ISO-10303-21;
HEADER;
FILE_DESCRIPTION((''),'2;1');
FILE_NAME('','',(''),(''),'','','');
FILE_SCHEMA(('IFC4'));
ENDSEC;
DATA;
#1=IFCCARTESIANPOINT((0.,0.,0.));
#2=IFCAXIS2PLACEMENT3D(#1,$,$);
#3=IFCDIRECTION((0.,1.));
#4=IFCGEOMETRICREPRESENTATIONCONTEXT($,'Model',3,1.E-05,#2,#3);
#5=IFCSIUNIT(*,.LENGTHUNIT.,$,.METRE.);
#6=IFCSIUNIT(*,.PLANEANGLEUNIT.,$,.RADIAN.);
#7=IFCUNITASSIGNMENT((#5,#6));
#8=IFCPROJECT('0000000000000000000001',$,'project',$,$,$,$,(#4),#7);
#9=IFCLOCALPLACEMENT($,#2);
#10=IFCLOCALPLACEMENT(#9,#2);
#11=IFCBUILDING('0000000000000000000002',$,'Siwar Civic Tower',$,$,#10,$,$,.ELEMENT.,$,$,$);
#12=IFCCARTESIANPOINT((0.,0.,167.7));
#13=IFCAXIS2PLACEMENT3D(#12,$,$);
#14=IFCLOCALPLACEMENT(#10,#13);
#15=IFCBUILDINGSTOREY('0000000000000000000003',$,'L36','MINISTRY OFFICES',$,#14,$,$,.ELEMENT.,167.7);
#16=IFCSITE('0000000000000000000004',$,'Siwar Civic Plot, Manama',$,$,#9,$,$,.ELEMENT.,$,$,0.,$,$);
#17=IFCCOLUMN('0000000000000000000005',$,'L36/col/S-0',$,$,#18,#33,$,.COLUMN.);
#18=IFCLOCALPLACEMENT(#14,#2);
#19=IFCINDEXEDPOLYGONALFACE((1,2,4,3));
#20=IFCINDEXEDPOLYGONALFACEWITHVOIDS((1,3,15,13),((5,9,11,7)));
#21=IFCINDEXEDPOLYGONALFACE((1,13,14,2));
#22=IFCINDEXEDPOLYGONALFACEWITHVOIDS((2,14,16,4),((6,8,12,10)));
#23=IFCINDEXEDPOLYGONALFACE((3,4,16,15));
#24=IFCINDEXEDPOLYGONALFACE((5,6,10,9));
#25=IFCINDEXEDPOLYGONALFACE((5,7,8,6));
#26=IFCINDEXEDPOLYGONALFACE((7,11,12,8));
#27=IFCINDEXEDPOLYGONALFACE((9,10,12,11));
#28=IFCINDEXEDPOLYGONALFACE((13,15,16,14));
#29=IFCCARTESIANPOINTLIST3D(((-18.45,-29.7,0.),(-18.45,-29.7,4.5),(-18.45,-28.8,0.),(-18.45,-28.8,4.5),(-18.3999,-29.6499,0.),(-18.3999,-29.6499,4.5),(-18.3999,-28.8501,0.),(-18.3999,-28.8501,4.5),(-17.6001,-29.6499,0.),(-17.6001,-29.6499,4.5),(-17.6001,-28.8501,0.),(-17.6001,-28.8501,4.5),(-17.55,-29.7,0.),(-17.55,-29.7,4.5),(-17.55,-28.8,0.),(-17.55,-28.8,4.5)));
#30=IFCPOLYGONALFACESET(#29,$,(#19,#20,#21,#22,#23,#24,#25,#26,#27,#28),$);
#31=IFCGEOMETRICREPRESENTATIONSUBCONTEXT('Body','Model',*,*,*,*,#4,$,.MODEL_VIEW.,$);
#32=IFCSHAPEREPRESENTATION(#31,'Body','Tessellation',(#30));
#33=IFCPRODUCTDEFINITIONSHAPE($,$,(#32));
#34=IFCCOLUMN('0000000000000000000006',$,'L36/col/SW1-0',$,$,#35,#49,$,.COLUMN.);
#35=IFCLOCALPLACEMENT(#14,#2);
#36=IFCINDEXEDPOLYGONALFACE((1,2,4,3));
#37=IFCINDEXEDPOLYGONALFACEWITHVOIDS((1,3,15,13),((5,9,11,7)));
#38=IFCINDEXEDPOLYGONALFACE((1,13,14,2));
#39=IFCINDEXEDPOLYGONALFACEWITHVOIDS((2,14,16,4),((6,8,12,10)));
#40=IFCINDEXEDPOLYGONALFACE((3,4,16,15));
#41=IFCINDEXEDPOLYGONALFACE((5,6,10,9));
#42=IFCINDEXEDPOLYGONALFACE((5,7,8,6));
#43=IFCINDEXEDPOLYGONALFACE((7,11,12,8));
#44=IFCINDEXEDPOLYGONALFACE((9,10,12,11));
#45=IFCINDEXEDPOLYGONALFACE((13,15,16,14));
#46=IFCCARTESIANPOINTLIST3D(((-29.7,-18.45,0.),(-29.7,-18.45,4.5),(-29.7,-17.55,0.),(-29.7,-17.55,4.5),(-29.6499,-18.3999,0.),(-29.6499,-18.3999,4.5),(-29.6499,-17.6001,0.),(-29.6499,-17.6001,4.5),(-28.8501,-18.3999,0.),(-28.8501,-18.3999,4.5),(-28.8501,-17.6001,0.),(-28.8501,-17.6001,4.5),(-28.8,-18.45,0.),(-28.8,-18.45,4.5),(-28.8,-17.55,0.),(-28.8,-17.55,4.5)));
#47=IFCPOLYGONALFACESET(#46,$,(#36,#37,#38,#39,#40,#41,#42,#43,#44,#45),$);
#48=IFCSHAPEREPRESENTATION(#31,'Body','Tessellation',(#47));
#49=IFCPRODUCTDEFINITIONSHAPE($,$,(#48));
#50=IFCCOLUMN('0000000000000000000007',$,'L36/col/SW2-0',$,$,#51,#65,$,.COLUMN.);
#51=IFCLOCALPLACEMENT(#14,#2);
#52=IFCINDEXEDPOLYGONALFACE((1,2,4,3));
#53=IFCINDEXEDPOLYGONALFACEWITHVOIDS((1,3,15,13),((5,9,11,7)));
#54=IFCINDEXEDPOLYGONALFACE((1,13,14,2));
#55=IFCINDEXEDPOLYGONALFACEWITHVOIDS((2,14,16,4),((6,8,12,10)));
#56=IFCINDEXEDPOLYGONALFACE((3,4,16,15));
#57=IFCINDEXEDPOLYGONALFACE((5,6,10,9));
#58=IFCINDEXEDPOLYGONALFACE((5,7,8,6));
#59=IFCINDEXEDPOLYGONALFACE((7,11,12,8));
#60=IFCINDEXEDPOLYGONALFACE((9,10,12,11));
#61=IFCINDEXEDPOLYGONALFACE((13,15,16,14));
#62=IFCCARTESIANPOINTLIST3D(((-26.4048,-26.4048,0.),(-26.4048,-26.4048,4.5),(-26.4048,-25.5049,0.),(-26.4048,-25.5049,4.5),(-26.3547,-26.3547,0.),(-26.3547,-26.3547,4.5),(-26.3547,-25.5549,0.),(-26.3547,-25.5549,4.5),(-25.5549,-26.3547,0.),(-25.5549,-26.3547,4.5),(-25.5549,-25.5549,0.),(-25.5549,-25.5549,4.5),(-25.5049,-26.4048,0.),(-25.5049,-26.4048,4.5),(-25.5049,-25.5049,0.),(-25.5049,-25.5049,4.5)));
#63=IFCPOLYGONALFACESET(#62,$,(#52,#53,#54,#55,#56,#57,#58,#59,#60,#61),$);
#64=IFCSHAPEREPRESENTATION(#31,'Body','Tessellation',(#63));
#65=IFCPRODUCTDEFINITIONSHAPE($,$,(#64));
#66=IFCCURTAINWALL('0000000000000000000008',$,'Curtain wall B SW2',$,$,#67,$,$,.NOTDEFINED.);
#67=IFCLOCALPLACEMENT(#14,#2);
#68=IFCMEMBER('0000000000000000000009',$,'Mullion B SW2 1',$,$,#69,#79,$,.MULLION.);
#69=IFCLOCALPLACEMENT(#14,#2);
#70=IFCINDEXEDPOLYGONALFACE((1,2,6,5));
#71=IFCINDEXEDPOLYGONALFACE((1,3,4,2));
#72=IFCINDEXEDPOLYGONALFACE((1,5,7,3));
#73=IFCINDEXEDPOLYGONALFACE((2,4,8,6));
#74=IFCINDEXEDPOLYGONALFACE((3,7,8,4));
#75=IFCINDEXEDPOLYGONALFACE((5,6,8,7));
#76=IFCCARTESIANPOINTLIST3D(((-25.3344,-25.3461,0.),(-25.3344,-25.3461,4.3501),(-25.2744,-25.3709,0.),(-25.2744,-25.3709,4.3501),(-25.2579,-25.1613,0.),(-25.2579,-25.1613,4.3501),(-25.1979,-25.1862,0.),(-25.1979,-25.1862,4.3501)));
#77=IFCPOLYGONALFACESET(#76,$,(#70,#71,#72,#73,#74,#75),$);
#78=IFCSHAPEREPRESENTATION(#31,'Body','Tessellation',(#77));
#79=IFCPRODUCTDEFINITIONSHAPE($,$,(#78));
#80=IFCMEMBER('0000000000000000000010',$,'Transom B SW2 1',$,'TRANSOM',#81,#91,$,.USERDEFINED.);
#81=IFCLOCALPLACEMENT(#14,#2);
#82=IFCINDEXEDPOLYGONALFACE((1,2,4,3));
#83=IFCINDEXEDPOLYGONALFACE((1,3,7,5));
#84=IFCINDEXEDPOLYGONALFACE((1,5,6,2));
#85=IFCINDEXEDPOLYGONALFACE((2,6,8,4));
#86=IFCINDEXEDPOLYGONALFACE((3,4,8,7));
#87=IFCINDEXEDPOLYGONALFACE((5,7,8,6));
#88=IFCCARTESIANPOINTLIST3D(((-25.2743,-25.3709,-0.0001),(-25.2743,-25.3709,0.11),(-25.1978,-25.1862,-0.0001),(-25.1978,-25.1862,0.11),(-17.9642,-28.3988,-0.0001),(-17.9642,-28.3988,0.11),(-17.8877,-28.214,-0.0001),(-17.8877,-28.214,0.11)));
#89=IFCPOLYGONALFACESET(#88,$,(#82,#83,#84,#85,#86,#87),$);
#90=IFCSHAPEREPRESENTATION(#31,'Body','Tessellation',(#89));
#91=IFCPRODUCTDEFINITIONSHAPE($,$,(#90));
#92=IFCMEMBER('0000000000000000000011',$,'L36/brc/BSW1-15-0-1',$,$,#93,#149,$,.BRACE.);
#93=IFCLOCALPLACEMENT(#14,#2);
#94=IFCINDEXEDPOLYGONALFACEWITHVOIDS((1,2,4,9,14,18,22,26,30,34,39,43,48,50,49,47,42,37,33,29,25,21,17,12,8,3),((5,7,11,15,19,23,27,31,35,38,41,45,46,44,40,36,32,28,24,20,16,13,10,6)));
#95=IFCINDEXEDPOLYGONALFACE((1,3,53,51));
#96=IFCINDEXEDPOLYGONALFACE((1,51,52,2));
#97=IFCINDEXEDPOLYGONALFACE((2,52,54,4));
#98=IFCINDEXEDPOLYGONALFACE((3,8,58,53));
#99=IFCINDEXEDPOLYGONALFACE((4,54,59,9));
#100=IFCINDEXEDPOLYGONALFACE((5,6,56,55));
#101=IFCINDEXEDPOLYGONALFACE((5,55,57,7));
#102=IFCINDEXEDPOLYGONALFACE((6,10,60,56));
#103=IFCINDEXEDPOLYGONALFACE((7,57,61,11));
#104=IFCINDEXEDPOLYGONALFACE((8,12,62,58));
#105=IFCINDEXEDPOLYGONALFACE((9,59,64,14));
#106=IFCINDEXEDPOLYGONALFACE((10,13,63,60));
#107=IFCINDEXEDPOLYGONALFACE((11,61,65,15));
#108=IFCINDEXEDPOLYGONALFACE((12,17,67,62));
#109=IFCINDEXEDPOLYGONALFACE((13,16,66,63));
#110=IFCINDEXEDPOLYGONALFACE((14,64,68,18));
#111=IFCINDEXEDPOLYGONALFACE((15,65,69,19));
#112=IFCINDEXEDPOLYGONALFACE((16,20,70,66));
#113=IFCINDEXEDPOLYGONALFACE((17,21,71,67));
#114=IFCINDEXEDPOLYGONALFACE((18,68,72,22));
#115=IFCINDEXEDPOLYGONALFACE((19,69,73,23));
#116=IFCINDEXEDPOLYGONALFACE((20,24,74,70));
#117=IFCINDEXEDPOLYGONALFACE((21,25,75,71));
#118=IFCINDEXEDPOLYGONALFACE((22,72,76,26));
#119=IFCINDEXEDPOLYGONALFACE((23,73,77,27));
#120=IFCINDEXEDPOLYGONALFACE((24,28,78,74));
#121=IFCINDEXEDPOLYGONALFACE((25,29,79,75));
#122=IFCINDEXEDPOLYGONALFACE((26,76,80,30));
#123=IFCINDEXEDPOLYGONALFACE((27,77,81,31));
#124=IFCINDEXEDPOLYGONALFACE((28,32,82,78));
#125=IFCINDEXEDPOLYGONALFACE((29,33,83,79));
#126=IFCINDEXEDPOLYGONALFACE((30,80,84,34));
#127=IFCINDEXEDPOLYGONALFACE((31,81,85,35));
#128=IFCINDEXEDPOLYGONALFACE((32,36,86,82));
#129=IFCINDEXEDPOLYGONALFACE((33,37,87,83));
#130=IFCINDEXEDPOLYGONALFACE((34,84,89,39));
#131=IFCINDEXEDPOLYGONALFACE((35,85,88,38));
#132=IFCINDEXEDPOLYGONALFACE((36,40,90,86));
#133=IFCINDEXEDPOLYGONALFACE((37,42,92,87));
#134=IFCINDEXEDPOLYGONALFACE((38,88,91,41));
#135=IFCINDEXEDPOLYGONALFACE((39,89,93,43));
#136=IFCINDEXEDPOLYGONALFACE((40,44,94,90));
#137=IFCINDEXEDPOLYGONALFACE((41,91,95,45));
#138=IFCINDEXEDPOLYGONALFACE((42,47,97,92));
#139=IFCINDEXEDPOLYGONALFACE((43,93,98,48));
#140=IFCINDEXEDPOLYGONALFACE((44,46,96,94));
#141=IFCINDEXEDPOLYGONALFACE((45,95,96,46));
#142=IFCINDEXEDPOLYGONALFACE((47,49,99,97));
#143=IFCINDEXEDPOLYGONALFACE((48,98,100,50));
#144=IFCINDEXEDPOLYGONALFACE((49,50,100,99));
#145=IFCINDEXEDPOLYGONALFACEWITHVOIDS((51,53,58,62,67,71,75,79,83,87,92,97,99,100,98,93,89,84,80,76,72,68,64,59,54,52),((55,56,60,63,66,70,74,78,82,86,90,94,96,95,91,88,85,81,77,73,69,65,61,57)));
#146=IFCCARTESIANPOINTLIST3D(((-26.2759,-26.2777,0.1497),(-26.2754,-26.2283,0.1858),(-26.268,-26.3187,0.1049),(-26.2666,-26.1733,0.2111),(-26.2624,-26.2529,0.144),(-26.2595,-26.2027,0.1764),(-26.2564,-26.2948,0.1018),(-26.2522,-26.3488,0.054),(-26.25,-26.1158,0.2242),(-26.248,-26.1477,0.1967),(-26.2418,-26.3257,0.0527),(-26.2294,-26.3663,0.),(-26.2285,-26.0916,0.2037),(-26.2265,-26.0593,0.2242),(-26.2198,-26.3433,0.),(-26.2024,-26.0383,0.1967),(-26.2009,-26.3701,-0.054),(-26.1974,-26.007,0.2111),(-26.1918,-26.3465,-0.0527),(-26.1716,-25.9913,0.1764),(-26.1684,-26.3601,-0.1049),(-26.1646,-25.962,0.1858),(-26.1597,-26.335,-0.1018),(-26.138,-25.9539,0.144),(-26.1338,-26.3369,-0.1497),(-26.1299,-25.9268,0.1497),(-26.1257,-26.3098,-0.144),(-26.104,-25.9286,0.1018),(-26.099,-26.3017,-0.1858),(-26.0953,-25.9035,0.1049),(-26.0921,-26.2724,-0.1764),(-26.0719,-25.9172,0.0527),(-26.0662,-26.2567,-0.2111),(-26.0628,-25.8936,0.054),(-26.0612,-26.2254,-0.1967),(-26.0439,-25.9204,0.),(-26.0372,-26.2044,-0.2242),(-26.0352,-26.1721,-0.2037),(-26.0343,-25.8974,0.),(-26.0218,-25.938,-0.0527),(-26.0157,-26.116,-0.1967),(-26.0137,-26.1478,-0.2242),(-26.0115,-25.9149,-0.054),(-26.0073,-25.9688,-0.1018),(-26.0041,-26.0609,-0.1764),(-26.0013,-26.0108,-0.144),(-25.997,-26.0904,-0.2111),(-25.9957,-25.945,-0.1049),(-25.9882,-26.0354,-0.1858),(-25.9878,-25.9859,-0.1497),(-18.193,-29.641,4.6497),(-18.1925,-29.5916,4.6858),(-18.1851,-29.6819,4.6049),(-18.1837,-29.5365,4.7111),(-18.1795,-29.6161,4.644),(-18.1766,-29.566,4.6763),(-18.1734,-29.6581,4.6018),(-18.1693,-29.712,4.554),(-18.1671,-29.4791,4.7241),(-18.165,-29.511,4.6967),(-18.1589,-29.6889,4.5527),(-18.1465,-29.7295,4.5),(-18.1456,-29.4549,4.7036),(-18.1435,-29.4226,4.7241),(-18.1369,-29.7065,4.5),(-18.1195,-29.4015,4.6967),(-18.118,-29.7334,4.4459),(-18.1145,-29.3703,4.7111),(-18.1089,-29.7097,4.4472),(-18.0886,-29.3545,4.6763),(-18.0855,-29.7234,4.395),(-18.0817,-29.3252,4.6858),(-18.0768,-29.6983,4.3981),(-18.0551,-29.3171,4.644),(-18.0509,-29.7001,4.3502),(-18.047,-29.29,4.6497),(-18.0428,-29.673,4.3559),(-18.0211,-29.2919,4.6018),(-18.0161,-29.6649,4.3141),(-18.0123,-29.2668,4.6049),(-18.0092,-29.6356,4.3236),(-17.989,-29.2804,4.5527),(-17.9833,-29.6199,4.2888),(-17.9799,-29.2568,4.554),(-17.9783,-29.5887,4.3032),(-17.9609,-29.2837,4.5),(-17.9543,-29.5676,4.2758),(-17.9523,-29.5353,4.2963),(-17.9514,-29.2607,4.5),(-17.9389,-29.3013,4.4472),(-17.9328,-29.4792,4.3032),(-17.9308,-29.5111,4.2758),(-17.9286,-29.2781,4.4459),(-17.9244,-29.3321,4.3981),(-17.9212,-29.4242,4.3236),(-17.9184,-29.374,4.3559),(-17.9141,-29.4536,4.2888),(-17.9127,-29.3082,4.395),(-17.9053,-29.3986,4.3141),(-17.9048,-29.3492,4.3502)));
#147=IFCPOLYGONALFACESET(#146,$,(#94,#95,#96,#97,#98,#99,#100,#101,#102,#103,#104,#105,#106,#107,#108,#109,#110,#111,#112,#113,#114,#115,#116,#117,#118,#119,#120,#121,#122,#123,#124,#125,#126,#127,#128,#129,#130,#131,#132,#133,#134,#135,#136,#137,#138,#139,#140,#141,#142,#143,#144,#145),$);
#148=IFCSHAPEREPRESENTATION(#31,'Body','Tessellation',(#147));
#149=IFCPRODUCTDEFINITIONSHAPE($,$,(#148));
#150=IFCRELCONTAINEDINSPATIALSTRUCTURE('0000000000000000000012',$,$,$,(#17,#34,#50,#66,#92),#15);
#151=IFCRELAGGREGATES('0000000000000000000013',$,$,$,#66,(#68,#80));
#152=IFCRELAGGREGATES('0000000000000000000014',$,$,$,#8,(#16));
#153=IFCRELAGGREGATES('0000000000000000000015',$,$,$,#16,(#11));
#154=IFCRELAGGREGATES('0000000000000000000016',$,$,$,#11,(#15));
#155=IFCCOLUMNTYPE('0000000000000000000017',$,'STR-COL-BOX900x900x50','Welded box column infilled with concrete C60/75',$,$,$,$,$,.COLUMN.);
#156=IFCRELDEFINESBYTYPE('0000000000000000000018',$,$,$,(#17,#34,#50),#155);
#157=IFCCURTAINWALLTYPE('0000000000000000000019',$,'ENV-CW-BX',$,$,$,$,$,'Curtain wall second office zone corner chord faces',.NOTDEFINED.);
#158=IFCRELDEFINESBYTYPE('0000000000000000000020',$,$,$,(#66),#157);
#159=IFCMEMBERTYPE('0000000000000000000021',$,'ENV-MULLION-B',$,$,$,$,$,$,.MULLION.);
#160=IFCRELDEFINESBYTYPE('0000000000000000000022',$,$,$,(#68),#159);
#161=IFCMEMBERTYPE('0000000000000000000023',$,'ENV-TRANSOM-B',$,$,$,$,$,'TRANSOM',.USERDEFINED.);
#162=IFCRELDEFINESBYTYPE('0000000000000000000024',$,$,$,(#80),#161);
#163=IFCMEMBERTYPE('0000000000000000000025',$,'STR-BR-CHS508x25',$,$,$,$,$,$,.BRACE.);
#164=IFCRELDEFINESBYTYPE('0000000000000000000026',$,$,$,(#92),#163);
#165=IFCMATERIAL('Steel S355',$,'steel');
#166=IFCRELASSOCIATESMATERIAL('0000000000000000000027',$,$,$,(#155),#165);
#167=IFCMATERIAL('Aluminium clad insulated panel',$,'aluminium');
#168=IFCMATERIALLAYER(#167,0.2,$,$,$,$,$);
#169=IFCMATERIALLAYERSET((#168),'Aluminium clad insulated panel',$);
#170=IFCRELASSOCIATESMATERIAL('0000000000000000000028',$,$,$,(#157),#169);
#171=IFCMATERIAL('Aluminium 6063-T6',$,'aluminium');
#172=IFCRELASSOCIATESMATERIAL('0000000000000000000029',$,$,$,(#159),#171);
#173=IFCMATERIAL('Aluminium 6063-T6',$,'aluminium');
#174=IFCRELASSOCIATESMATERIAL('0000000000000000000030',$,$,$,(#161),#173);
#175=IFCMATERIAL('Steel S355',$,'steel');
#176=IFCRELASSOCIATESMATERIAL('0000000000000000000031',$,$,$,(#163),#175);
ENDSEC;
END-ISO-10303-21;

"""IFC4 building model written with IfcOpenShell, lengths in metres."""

from ifc_helpers import new_model, si_unit, direction, frame, origin, origin_2d, place, context, subcontext, project, spatial, rectangle, hollow_rectangle, hollow_circle, extrude, material, layer, layer_set, material_profile, profile_set, type_object, element, aggregate, save


model = new_model("IFC4")

# Units and contexts
model_context = context("Model", 3, precision=1e-05, world=origin(), true_north=direction((0.0, 1.0)))
body_context = subcontext(model_context, "Body", "Model", "MODEL_VIEW")
ifc_project = project(units=[si_unit("LENGTHUNIT", "METRE"), si_unit("PLANEANGLEUNIT", "RADIAN")], contexts=[model_context])

# Site, building, storey
site_placement = place(None, origin())
site = spatial("IfcSite", under=ifc_project, at=site_placement, Name="Siwar Civic Plot, Manama", CompositionType="ELEMENT", RefElevation=0.0)
building_placement = place(site_placement, origin())
building = spatial("IfcBuilding", under=site, at=building_placement, Name="Siwar Civic Tower", CompositionType="ELEMENT")
storey_placement = place(building_placement, frame((0.0, 0.0, 167.7)))
storey = spatial("IfcBuildingStorey", under=building, at=storey_placement, Name="L36", Description="MINISTRY OFFICES", CompositionType="ELEMENT", Elevation=167.7)

# Columns
ifc_material_1 = material(Name="Steel S355", Category="steel")
ifc_material_profile_1 = material_profile(ifc_material_1, hollow_rectangle(XDim=0.8999, YDim=0.8999, WallThickness=0.05, at=origin_2d()), Name="BOX900x900x50")
ifc_profile_set_1 = profile_set([ifc_material_profile_1], Name="Steel S355")
column_type = type_object("IfcColumnType", Name="STR-COL-BOX900x900x50", Description="Welded box column infilled with concrete C60/75", PredefinedType="COLUMN", material=ifc_profile_set_1)
for number, where, z_axis, x_axis, name in (
    (1, (-18.0, -29.25, 0.0), (0.0, 0.0, 1.0), (1.0, 0.0, 0.0), "L36/col/S-0"),
    (2, (-29.25, -18.0, 0.0), (0.0, 0.0, 1.0), (1.0, 0.0, 0.0), "L36/col/SW1-0"),
    (3, (-25.9548, -25.9548, 0.0), (0.0, 0.0, 1.0), (1.0, 0.0, 0.0), "L36/col/SW2-0"),
):
    element("IfcColumn", number, at=place(storey_placement, frame(where, z_axis=z_axis, x_axis=x_axis)), inside=storey, type_object=column_type, Name=name, PredefinedType="COLUMN", context=body_context, shape_type="SweptSolid", body=[
        extrude(hollow_rectangle(XDim=0.8999, YDim=0.8999, WallThickness=0.05, at=origin_2d()), origin(), (0.0, 0.0, 1.0), 4.5),
    ])

# Curtain wall, members
ifc_material_2 = material(Name="Aluminium clad insulated panel", Category="aluminium")
ifc_layer_1 = layer(ifc_material_2, 0.2)
ifc_layer_set_1 = layer_set([ifc_layer_1], Name="Aluminium clad insulated panel")
curtain_wall_type = type_object("IfcCurtainWallType", Name="ENV-CW-BX", ElementType="Curtain wall second office zone corner chord faces", PredefinedType="NOTDEFINED", material=ifc_layer_set_1)
curtain_wall_1_placement = place(storey_placement, origin())
curtain_wall_1 = element("IfcCurtainWall", 4, at=curtain_wall_1_placement, inside=storey, type_object=curtain_wall_type, Name="Curtain wall B SW2", PredefinedType="NOTDEFINED")
ifc_material_3 = material(Name="Aluminium 6063-T6", Category="aluminium")
ifc_material_profile_2 = material_profile(ifc_material_3, rectangle(XDim=0.2, YDim=0.0649, at=origin_2d()), Name="AL 200x65")
ifc_profile_set_2 = profile_set([ifc_material_profile_2], Name="Aluminium 6063-T6")
member_type_1 = type_object("IfcMemberType", Name="ENV-MULLION-B", PredefinedType="MULLION", material=ifc_profile_set_2)
member_1_placement = place(storey_placement, frame((-25.2661, -25.2661, 0.0), z_axis=(0.0, 0.0, 1.0), x_axis=(0.382683, 0.92388, 0.0)))
member_1 = element("IfcMember", 5, at=member_1_placement, type_object=member_type_1, Name="Mullion B SW2 1", PredefinedType="MULLION", context=body_context, shape_type="SweptSolid", body=[
    extrude(rectangle(XDim=0.2, YDim=0.0649, at=origin_2d()), origin(), (0.0, 0.0, 1.0), 4.3501),
])
ifc_material_4 = material(Name="Aluminium 6063-T6", Category="aluminium")
ifc_material_profile_3 = material_profile(ifc_material_4, rectangle(XDim=0.2, YDim=0.1101, at=origin_2d()), Name="AL 200x110")
ifc_profile_set_3 = profile_set([ifc_material_profile_3], Name="Aluminium 6063-T6")
member_type_2 = type_object("IfcMemberType", Name="ENV-TRANSOM-B", ElementType="TRANSOM", PredefinedType="USERDEFINED", material=ifc_profile_set_3)
member_2_placement = place(storey_placement, frame((-25.2361, -25.2786, 0.0549), z_axis=(0.923884, -0.382673, 0.0), x_axis=(0.382673, 0.923884, 0.0)))
member_2 = element("IfcMember", 6, at=member_2_placement, type_object=member_type_2, Name="Transom B SW2 1", ObjectType="TRANSOM", PredefinedType="USERDEFINED", context=body_context, shape_type="SweptSolid", body=[
    extrude(rectangle(XDim=0.2, YDim=0.1101, at=origin_2d()), origin(), (0.0, 0.0, 1.0), 7.9124),
])

# Member
ifc_material_5 = material(Name="Steel S355", Category="steel")
ifc_material_profile_4 = material_profile(ifc_material_5, hollow_circle(Radius=0.2539, WallThickness=0.0249, at=origin_2d()), Name="CHS508x25")
ifc_profile_set_4 = profile_set([ifc_material_profile_4], Name="Steel S355")
member_type_3 = type_object("IfcMemberType", Name="STR-BR-CHS508x25", PredefinedType="BRACE", material=ifc_profile_set_4)
member_3_placement = place(storey_placement, frame((-26.1318, -26.1318, 0.0), z_axis=(0.821143, -0.341671, 0.457149), x_axis=(0.384164, 0.923265, 0.0)))
element("IfcMember", 7, at=member_3_placement, inside=storey, type_object=member_type_3, Name="L36/brc/BSW1-15-0-1", PredefinedType="BRACE", context=body_context, shape_type="SweptSolid", body=[
    extrude(hollow_circle(Radius=0.2539, WallThickness=0.0249, at=origin_2d()), origin(), (0.0, 0.0, 1.0), 9.8435),
])

aggregate(curtain_wall_1, [member_1, member_2])

save(model, "model.ifc")
